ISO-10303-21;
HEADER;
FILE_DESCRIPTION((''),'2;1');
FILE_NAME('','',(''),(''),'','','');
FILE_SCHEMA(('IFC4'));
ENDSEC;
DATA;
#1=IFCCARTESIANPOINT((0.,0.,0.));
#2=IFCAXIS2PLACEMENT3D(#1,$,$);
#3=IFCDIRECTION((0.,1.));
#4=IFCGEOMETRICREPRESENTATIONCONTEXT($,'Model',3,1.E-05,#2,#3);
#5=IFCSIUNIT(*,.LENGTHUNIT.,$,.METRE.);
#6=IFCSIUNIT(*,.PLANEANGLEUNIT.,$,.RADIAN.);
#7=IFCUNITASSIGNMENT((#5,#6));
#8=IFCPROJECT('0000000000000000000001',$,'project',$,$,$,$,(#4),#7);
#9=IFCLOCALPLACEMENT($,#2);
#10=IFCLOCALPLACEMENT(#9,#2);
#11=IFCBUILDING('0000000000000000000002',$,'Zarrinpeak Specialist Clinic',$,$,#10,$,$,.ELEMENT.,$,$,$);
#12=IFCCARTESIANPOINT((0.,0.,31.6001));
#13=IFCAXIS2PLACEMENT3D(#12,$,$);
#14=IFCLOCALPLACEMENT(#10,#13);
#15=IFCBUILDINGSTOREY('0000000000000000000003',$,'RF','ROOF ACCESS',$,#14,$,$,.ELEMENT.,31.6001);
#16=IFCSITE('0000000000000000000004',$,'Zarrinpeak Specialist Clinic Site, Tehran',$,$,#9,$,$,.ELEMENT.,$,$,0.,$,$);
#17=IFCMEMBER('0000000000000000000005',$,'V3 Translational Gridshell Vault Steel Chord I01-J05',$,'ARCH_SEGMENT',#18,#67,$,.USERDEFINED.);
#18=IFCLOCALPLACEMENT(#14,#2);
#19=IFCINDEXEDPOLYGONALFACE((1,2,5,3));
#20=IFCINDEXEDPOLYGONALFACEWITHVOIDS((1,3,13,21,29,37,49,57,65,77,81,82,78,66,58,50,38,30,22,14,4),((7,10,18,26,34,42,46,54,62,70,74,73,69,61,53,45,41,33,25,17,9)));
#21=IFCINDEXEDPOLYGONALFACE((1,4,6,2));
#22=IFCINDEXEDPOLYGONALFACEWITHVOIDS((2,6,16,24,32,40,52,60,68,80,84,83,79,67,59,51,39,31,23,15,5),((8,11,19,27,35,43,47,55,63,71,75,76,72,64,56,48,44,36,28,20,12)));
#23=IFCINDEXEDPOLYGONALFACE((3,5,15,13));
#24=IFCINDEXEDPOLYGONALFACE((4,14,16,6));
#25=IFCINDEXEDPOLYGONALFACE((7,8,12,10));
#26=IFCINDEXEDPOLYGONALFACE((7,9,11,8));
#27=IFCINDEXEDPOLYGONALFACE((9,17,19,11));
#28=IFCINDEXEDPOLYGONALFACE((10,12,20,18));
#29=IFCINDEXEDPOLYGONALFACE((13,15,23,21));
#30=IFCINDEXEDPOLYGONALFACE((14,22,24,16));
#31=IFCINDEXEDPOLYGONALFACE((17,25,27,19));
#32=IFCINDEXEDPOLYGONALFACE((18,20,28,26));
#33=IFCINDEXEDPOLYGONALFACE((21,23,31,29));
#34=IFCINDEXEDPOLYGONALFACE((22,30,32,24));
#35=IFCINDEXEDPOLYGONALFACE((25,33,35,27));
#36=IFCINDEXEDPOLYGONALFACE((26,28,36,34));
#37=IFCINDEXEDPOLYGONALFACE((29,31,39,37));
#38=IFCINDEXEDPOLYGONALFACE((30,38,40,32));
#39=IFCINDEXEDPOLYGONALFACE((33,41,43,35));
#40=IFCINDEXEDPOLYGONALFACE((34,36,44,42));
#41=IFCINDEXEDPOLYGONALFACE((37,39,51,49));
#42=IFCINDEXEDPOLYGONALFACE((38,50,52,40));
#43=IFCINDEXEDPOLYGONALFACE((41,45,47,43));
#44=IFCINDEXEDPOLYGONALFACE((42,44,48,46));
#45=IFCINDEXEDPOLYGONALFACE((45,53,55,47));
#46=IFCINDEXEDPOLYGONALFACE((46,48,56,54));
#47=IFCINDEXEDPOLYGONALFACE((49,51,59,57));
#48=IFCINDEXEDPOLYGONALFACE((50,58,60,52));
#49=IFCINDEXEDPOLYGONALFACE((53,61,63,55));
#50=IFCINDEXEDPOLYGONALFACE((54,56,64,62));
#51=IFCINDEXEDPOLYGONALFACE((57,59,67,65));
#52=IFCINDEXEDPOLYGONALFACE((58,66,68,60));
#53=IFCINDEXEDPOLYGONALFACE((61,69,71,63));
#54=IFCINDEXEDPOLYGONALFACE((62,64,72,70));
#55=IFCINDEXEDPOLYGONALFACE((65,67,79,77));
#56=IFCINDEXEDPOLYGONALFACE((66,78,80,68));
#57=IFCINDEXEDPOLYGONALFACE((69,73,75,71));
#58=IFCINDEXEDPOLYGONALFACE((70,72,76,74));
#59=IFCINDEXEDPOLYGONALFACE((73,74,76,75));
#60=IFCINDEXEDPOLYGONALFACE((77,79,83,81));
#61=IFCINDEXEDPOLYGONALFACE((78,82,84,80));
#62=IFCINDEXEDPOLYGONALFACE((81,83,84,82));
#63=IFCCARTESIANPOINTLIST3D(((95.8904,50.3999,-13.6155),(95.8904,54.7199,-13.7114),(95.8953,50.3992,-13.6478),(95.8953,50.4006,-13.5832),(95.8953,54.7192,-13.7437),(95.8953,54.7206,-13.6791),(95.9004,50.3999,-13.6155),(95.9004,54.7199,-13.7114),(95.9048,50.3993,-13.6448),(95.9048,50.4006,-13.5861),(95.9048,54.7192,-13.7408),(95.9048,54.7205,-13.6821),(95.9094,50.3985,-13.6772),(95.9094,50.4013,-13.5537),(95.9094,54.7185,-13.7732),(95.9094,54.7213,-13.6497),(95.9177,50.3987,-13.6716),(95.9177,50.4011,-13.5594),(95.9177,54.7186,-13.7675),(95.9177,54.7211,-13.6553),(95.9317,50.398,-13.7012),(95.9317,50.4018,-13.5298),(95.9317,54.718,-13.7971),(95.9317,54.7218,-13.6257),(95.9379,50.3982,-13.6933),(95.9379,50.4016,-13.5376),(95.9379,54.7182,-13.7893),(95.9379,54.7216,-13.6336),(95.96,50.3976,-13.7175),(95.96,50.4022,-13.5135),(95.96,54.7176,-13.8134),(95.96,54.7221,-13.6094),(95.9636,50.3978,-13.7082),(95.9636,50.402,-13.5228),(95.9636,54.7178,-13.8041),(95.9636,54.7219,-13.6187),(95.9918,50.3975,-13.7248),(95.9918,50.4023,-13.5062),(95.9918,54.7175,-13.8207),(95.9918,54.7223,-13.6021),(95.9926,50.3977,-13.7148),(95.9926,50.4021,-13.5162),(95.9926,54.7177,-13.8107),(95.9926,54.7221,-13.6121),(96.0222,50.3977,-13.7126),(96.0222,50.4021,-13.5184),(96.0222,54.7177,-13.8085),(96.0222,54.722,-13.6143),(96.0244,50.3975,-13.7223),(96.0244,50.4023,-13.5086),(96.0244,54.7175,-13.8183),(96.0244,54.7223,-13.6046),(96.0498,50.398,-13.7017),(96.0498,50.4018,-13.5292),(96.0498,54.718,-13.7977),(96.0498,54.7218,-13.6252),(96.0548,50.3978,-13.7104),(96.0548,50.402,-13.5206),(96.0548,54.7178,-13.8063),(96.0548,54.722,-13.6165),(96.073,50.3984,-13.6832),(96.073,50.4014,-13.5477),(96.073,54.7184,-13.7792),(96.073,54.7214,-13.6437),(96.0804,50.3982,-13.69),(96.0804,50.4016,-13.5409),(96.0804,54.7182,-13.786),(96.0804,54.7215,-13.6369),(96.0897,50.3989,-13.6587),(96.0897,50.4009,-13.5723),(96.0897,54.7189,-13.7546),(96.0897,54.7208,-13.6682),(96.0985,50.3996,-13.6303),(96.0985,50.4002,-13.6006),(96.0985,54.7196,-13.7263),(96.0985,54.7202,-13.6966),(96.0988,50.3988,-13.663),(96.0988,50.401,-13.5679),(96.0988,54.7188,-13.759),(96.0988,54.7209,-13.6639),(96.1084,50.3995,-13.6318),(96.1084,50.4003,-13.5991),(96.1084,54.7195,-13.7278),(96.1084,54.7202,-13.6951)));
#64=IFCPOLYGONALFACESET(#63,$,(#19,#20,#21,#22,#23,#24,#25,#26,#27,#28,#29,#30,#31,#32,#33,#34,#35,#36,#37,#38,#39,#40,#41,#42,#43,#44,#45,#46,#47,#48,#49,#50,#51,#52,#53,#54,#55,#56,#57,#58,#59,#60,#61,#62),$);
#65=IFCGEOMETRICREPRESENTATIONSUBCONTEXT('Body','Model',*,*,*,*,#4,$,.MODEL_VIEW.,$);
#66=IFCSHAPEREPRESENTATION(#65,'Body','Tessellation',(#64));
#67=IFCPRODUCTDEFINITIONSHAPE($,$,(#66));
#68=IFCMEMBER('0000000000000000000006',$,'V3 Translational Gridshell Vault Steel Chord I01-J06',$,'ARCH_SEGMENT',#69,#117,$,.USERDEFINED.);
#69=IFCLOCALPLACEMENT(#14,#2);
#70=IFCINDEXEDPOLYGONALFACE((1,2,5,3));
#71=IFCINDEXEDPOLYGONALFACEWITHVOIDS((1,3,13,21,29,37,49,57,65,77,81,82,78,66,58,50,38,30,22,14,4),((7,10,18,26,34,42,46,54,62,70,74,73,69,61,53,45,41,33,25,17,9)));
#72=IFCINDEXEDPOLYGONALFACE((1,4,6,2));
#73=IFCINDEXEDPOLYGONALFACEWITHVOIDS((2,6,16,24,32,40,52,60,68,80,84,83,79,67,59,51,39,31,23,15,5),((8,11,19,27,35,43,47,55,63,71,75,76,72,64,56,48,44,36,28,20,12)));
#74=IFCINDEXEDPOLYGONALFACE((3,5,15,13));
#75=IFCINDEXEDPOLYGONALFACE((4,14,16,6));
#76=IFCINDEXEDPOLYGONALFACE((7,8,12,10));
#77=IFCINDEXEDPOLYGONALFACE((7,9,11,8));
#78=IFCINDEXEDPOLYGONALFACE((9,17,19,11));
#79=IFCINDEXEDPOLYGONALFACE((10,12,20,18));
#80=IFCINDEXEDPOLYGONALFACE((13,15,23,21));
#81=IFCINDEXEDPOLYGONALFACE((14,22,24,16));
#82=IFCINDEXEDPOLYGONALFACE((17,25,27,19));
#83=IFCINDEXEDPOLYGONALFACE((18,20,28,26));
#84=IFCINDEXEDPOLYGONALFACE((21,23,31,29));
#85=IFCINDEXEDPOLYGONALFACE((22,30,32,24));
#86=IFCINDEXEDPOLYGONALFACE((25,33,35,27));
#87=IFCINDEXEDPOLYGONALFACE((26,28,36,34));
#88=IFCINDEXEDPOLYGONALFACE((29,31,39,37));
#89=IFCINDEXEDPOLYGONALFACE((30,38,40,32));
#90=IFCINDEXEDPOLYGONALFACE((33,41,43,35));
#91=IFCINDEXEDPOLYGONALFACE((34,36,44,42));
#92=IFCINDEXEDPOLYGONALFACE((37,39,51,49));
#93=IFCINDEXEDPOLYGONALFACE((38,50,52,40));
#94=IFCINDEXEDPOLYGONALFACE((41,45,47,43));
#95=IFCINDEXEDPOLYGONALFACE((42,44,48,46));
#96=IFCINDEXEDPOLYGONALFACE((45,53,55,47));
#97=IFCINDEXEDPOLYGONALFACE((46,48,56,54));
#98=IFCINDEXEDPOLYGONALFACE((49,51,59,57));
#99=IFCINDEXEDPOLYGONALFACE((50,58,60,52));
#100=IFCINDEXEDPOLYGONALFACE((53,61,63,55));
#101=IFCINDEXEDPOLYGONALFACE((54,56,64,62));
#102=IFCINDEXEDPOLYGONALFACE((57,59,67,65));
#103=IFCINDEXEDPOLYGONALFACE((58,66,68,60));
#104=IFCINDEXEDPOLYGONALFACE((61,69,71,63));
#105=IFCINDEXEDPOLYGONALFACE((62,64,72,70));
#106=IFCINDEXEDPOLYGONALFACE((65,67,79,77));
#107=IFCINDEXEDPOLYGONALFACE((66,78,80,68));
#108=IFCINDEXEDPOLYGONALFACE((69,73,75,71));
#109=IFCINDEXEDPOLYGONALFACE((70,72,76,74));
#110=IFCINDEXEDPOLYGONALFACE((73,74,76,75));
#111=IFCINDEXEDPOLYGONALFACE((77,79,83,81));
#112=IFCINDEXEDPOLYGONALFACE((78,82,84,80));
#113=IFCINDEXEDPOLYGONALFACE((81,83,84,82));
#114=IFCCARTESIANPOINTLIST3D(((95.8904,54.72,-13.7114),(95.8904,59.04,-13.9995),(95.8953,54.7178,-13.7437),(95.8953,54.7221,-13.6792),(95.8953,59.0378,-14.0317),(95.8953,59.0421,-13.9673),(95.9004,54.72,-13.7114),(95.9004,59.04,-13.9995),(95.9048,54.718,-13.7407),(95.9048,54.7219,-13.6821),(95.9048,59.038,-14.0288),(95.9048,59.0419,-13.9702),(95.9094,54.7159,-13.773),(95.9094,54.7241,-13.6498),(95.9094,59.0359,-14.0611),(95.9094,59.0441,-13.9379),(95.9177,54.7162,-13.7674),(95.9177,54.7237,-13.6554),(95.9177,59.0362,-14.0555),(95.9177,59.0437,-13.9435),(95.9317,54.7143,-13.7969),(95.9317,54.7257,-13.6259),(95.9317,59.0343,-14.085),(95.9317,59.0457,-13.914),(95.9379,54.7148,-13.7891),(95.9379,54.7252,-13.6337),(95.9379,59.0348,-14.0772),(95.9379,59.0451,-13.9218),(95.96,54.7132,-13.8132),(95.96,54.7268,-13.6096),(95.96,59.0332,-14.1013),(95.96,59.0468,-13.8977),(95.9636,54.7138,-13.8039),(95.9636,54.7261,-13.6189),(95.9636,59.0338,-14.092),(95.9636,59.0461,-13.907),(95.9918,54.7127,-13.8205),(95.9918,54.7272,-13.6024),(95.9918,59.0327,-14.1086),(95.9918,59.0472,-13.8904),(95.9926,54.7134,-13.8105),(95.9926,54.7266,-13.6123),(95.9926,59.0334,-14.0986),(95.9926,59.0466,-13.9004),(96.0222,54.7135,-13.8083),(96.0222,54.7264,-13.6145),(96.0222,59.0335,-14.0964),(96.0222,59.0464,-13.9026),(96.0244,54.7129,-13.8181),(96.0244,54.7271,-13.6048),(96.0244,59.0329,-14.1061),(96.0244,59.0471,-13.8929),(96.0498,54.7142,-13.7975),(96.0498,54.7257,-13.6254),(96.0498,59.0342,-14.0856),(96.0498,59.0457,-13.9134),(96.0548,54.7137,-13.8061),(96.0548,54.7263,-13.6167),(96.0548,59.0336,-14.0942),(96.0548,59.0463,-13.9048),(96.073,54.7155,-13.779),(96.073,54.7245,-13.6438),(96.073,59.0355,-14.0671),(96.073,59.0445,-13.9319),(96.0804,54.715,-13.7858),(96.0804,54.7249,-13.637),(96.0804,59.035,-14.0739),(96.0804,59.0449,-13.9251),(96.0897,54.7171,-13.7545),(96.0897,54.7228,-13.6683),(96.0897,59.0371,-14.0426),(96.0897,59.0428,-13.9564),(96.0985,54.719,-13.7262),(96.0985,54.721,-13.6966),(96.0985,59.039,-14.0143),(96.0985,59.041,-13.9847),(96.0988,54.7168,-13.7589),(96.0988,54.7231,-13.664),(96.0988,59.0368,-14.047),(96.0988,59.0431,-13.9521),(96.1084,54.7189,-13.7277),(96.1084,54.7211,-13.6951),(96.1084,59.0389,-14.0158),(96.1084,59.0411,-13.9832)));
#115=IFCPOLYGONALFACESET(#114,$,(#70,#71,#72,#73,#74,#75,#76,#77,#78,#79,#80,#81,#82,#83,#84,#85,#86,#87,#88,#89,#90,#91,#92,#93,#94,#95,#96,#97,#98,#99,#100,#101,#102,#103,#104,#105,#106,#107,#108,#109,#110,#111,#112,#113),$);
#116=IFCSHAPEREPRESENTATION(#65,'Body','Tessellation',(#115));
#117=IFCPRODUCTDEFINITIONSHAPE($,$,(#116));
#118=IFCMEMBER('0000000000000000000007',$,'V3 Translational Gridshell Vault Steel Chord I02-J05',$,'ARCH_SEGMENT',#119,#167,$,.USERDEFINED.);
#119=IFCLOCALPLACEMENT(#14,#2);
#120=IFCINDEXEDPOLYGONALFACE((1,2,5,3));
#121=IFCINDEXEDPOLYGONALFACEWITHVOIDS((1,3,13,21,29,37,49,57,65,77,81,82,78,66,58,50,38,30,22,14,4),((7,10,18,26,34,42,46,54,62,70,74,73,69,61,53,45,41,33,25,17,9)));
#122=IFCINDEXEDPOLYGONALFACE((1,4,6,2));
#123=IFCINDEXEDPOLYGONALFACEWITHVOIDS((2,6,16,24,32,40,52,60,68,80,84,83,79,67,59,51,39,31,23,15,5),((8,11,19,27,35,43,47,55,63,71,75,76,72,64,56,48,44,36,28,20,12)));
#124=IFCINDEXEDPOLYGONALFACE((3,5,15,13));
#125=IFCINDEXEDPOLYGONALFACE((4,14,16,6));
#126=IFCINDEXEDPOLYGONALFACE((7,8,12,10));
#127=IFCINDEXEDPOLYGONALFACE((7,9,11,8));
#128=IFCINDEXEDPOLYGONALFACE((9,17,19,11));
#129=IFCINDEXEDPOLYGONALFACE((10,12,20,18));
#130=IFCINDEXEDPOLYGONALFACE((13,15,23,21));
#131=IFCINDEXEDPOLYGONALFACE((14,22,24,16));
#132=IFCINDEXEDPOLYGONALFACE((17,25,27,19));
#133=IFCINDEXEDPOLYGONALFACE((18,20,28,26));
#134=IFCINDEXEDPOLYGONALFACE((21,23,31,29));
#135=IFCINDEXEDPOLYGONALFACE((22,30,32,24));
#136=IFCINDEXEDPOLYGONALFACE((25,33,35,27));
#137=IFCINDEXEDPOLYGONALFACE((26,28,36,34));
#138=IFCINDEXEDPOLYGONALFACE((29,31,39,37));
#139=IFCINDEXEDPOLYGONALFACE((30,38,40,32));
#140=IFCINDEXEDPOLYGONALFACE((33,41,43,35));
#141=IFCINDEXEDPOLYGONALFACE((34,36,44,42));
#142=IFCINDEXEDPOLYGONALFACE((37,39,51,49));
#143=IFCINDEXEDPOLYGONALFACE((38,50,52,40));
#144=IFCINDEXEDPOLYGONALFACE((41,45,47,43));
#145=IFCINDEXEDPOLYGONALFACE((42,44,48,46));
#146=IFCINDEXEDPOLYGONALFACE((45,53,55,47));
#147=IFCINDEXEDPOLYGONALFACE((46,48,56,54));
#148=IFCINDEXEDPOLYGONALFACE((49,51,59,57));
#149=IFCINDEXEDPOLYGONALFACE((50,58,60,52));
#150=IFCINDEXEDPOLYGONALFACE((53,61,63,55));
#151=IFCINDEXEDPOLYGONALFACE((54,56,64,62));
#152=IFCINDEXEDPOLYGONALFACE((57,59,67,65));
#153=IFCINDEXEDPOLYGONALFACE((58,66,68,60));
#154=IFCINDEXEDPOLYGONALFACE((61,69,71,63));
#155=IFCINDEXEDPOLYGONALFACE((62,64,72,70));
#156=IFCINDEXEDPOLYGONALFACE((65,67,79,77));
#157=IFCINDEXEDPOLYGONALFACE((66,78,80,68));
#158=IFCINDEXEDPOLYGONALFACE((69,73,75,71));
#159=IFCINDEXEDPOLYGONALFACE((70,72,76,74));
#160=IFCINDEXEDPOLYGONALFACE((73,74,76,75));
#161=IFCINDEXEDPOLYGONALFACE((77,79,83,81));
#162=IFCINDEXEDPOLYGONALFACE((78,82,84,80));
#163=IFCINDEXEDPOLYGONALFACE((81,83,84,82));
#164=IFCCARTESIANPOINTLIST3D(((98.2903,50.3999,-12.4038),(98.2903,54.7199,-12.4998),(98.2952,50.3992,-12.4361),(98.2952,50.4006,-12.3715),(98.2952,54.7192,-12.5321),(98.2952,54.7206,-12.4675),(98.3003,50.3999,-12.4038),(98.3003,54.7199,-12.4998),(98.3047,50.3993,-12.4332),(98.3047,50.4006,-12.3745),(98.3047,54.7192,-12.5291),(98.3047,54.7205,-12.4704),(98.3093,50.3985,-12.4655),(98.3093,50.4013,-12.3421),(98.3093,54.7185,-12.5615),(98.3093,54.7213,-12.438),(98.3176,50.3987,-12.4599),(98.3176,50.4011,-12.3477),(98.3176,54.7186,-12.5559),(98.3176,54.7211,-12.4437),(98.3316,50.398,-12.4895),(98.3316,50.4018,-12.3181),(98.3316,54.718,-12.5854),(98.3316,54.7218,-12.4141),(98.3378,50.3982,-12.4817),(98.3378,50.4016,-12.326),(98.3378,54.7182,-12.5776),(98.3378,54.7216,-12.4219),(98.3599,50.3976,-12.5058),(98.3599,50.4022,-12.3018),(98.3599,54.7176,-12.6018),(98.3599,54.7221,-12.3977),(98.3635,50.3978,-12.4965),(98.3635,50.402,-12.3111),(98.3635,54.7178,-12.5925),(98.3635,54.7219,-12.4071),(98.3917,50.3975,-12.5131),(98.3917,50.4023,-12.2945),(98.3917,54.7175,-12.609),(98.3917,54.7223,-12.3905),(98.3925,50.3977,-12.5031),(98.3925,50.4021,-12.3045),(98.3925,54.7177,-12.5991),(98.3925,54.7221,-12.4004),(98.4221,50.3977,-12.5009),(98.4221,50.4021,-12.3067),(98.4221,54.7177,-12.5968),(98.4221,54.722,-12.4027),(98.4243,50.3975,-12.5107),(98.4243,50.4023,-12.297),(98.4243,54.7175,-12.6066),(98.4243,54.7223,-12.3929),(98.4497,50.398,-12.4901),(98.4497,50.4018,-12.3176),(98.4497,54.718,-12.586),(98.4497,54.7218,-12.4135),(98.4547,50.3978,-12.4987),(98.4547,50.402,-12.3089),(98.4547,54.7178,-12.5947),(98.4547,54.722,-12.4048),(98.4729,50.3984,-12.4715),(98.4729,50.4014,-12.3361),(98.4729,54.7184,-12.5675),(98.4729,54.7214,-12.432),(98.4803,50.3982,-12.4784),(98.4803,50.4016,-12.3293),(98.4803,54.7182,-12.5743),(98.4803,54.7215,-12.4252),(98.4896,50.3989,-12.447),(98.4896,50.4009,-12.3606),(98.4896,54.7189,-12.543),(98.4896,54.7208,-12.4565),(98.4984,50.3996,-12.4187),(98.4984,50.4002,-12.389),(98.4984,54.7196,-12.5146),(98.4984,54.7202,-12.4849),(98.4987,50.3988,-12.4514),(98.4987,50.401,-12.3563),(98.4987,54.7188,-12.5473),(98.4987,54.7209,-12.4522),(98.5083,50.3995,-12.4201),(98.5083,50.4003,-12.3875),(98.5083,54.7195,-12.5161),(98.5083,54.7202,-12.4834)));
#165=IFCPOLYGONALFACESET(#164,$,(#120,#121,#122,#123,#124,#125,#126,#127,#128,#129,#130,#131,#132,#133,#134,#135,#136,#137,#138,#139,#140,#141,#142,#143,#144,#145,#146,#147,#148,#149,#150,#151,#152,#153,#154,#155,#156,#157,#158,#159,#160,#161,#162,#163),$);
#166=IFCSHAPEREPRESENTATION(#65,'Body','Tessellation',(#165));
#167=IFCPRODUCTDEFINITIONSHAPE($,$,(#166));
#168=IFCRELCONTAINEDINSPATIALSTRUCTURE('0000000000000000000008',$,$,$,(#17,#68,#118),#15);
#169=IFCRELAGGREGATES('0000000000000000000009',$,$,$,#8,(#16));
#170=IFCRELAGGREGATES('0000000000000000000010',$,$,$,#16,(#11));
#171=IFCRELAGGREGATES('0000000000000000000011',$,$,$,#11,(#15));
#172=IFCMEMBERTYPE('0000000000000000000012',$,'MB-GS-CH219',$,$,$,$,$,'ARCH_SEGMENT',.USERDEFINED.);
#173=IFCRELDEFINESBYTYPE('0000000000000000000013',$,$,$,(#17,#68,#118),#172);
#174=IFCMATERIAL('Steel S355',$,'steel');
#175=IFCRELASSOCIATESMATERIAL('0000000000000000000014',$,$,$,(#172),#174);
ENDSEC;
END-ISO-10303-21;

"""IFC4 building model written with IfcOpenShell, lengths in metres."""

from ifc_helpers import new_model, si_unit, direction, frame, origin, origin_2d, place, context, subcontext, project, spatial, hollow_circle, extrude, material, material_profile, profile_set, type_object, element, save


model = new_model("IFC4")

# Units and contexts
model_context = context("Model", 3, precision=1e-05, world=origin(), true_north=direction((0.0, 1.0)))
body_context = subcontext(model_context, "Body", "Model", "MODEL_VIEW")
ifc_project = project(units=[si_unit("LENGTHUNIT", "METRE"), si_unit("PLANEANGLEUNIT", "RADIAN")], contexts=[model_context])

# Site, building, storey
site_placement = place(None, origin())
site = spatial("IfcSite", under=ifc_project, at=site_placement, Name="Zarrinpeak Specialist Clinic Site, Tehran", CompositionType="ELEMENT", RefElevation=0.0)
building_placement = place(site_placement, origin())
building = spatial("IfcBuilding", under=site, at=building_placement, Name="Zarrinpeak Specialist Clinic", CompositionType="ELEMENT")
storey_placement = place(building_placement, frame((0.0, 0.0, 31.6001)))
storey = spatial("IfcBuildingStorey", under=building, at=storey_placement, Name="RF", Description="ROOF ACCESS", CompositionType="ELEMENT", Elevation=31.6001)

# Members
ifc_material_1 = material(Name="Steel S355", Category="steel")
ifc_material_profile_1 = material_profile(ifc_material_1, hollow_circle(Radius=0.1096, WallThickness=0.01, at=origin_2d()), Name="CHS 219.1x10.0")
ifc_profile_set_1 = profile_set([ifc_material_profile_1], Name="Steel S355")
member_type_1 = type_object("IfcMemberType", Name="MB-GS-CH219", ElementType="ARCH_SEGMENT", PredefinedType="USERDEFINED", material=ifc_profile_set_1)
member_1_placement = place(storey_placement, frame((96.0, 50.3999, -13.6155), z_axis=(0.0, 0.999753, -0.022204), x_axis=(-1.0, 0.0, 0.0)))
element("IfcMember", 1, at=member_1_placement, inside=storey, type_object=member_type_1, Name="V3 Translational Gridshell Vault Steel Chord I01-J05", ObjectType="ARCH_SEGMENT", PredefinedType="USERDEFINED", context=body_context, shape_type="SweptSolid", body=[
    extrude(hollow_circle(Radius=0.1096, WallThickness=0.01, at=origin_2d()), origin(), (0.0, 0.0, 1.0), 4.321),
])
member_2_placement = place(storey_placement, frame((96.0, 54.72, -13.7114), z_axis=(0.0, 0.997784, -0.066538), x_axis=(-1.0, 0.0, 0.0)))
element("IfcMember", 2, at=member_2_placement, inside=storey, type_object=member_type_1, Name="V3 Translational Gridshell Vault Steel Chord I01-J06", ObjectType="ARCH_SEGMENT", PredefinedType="USERDEFINED", context=body_context, shape_type="SweptSolid", body=[
    extrude(hollow_circle(Radius=0.1096, WallThickness=0.01, at=origin_2d()), origin(), (0.0, 0.0, 1.0), 4.3296),
])
member_3_placement = place(storey_placement, frame((98.3999, 50.3999, -12.4038), z_axis=(0.0, 0.999753, -0.022204), x_axis=(-1.0, 0.0, 0.0)))
element("IfcMember", 3, at=member_3_placement, inside=storey, type_object=member_type_1, Name="V3 Translational Gridshell Vault Steel Chord I02-J05", ObjectType="ARCH_SEGMENT", PredefinedType="USERDEFINED", context=body_context, shape_type="SweptSolid", body=[
    extrude(hollow_circle(Radius=0.1096, WallThickness=0.01, at=origin_2d()), origin(), (0.0, 0.0, 1.0), 4.321),
])

save(model, "model.ifc")
